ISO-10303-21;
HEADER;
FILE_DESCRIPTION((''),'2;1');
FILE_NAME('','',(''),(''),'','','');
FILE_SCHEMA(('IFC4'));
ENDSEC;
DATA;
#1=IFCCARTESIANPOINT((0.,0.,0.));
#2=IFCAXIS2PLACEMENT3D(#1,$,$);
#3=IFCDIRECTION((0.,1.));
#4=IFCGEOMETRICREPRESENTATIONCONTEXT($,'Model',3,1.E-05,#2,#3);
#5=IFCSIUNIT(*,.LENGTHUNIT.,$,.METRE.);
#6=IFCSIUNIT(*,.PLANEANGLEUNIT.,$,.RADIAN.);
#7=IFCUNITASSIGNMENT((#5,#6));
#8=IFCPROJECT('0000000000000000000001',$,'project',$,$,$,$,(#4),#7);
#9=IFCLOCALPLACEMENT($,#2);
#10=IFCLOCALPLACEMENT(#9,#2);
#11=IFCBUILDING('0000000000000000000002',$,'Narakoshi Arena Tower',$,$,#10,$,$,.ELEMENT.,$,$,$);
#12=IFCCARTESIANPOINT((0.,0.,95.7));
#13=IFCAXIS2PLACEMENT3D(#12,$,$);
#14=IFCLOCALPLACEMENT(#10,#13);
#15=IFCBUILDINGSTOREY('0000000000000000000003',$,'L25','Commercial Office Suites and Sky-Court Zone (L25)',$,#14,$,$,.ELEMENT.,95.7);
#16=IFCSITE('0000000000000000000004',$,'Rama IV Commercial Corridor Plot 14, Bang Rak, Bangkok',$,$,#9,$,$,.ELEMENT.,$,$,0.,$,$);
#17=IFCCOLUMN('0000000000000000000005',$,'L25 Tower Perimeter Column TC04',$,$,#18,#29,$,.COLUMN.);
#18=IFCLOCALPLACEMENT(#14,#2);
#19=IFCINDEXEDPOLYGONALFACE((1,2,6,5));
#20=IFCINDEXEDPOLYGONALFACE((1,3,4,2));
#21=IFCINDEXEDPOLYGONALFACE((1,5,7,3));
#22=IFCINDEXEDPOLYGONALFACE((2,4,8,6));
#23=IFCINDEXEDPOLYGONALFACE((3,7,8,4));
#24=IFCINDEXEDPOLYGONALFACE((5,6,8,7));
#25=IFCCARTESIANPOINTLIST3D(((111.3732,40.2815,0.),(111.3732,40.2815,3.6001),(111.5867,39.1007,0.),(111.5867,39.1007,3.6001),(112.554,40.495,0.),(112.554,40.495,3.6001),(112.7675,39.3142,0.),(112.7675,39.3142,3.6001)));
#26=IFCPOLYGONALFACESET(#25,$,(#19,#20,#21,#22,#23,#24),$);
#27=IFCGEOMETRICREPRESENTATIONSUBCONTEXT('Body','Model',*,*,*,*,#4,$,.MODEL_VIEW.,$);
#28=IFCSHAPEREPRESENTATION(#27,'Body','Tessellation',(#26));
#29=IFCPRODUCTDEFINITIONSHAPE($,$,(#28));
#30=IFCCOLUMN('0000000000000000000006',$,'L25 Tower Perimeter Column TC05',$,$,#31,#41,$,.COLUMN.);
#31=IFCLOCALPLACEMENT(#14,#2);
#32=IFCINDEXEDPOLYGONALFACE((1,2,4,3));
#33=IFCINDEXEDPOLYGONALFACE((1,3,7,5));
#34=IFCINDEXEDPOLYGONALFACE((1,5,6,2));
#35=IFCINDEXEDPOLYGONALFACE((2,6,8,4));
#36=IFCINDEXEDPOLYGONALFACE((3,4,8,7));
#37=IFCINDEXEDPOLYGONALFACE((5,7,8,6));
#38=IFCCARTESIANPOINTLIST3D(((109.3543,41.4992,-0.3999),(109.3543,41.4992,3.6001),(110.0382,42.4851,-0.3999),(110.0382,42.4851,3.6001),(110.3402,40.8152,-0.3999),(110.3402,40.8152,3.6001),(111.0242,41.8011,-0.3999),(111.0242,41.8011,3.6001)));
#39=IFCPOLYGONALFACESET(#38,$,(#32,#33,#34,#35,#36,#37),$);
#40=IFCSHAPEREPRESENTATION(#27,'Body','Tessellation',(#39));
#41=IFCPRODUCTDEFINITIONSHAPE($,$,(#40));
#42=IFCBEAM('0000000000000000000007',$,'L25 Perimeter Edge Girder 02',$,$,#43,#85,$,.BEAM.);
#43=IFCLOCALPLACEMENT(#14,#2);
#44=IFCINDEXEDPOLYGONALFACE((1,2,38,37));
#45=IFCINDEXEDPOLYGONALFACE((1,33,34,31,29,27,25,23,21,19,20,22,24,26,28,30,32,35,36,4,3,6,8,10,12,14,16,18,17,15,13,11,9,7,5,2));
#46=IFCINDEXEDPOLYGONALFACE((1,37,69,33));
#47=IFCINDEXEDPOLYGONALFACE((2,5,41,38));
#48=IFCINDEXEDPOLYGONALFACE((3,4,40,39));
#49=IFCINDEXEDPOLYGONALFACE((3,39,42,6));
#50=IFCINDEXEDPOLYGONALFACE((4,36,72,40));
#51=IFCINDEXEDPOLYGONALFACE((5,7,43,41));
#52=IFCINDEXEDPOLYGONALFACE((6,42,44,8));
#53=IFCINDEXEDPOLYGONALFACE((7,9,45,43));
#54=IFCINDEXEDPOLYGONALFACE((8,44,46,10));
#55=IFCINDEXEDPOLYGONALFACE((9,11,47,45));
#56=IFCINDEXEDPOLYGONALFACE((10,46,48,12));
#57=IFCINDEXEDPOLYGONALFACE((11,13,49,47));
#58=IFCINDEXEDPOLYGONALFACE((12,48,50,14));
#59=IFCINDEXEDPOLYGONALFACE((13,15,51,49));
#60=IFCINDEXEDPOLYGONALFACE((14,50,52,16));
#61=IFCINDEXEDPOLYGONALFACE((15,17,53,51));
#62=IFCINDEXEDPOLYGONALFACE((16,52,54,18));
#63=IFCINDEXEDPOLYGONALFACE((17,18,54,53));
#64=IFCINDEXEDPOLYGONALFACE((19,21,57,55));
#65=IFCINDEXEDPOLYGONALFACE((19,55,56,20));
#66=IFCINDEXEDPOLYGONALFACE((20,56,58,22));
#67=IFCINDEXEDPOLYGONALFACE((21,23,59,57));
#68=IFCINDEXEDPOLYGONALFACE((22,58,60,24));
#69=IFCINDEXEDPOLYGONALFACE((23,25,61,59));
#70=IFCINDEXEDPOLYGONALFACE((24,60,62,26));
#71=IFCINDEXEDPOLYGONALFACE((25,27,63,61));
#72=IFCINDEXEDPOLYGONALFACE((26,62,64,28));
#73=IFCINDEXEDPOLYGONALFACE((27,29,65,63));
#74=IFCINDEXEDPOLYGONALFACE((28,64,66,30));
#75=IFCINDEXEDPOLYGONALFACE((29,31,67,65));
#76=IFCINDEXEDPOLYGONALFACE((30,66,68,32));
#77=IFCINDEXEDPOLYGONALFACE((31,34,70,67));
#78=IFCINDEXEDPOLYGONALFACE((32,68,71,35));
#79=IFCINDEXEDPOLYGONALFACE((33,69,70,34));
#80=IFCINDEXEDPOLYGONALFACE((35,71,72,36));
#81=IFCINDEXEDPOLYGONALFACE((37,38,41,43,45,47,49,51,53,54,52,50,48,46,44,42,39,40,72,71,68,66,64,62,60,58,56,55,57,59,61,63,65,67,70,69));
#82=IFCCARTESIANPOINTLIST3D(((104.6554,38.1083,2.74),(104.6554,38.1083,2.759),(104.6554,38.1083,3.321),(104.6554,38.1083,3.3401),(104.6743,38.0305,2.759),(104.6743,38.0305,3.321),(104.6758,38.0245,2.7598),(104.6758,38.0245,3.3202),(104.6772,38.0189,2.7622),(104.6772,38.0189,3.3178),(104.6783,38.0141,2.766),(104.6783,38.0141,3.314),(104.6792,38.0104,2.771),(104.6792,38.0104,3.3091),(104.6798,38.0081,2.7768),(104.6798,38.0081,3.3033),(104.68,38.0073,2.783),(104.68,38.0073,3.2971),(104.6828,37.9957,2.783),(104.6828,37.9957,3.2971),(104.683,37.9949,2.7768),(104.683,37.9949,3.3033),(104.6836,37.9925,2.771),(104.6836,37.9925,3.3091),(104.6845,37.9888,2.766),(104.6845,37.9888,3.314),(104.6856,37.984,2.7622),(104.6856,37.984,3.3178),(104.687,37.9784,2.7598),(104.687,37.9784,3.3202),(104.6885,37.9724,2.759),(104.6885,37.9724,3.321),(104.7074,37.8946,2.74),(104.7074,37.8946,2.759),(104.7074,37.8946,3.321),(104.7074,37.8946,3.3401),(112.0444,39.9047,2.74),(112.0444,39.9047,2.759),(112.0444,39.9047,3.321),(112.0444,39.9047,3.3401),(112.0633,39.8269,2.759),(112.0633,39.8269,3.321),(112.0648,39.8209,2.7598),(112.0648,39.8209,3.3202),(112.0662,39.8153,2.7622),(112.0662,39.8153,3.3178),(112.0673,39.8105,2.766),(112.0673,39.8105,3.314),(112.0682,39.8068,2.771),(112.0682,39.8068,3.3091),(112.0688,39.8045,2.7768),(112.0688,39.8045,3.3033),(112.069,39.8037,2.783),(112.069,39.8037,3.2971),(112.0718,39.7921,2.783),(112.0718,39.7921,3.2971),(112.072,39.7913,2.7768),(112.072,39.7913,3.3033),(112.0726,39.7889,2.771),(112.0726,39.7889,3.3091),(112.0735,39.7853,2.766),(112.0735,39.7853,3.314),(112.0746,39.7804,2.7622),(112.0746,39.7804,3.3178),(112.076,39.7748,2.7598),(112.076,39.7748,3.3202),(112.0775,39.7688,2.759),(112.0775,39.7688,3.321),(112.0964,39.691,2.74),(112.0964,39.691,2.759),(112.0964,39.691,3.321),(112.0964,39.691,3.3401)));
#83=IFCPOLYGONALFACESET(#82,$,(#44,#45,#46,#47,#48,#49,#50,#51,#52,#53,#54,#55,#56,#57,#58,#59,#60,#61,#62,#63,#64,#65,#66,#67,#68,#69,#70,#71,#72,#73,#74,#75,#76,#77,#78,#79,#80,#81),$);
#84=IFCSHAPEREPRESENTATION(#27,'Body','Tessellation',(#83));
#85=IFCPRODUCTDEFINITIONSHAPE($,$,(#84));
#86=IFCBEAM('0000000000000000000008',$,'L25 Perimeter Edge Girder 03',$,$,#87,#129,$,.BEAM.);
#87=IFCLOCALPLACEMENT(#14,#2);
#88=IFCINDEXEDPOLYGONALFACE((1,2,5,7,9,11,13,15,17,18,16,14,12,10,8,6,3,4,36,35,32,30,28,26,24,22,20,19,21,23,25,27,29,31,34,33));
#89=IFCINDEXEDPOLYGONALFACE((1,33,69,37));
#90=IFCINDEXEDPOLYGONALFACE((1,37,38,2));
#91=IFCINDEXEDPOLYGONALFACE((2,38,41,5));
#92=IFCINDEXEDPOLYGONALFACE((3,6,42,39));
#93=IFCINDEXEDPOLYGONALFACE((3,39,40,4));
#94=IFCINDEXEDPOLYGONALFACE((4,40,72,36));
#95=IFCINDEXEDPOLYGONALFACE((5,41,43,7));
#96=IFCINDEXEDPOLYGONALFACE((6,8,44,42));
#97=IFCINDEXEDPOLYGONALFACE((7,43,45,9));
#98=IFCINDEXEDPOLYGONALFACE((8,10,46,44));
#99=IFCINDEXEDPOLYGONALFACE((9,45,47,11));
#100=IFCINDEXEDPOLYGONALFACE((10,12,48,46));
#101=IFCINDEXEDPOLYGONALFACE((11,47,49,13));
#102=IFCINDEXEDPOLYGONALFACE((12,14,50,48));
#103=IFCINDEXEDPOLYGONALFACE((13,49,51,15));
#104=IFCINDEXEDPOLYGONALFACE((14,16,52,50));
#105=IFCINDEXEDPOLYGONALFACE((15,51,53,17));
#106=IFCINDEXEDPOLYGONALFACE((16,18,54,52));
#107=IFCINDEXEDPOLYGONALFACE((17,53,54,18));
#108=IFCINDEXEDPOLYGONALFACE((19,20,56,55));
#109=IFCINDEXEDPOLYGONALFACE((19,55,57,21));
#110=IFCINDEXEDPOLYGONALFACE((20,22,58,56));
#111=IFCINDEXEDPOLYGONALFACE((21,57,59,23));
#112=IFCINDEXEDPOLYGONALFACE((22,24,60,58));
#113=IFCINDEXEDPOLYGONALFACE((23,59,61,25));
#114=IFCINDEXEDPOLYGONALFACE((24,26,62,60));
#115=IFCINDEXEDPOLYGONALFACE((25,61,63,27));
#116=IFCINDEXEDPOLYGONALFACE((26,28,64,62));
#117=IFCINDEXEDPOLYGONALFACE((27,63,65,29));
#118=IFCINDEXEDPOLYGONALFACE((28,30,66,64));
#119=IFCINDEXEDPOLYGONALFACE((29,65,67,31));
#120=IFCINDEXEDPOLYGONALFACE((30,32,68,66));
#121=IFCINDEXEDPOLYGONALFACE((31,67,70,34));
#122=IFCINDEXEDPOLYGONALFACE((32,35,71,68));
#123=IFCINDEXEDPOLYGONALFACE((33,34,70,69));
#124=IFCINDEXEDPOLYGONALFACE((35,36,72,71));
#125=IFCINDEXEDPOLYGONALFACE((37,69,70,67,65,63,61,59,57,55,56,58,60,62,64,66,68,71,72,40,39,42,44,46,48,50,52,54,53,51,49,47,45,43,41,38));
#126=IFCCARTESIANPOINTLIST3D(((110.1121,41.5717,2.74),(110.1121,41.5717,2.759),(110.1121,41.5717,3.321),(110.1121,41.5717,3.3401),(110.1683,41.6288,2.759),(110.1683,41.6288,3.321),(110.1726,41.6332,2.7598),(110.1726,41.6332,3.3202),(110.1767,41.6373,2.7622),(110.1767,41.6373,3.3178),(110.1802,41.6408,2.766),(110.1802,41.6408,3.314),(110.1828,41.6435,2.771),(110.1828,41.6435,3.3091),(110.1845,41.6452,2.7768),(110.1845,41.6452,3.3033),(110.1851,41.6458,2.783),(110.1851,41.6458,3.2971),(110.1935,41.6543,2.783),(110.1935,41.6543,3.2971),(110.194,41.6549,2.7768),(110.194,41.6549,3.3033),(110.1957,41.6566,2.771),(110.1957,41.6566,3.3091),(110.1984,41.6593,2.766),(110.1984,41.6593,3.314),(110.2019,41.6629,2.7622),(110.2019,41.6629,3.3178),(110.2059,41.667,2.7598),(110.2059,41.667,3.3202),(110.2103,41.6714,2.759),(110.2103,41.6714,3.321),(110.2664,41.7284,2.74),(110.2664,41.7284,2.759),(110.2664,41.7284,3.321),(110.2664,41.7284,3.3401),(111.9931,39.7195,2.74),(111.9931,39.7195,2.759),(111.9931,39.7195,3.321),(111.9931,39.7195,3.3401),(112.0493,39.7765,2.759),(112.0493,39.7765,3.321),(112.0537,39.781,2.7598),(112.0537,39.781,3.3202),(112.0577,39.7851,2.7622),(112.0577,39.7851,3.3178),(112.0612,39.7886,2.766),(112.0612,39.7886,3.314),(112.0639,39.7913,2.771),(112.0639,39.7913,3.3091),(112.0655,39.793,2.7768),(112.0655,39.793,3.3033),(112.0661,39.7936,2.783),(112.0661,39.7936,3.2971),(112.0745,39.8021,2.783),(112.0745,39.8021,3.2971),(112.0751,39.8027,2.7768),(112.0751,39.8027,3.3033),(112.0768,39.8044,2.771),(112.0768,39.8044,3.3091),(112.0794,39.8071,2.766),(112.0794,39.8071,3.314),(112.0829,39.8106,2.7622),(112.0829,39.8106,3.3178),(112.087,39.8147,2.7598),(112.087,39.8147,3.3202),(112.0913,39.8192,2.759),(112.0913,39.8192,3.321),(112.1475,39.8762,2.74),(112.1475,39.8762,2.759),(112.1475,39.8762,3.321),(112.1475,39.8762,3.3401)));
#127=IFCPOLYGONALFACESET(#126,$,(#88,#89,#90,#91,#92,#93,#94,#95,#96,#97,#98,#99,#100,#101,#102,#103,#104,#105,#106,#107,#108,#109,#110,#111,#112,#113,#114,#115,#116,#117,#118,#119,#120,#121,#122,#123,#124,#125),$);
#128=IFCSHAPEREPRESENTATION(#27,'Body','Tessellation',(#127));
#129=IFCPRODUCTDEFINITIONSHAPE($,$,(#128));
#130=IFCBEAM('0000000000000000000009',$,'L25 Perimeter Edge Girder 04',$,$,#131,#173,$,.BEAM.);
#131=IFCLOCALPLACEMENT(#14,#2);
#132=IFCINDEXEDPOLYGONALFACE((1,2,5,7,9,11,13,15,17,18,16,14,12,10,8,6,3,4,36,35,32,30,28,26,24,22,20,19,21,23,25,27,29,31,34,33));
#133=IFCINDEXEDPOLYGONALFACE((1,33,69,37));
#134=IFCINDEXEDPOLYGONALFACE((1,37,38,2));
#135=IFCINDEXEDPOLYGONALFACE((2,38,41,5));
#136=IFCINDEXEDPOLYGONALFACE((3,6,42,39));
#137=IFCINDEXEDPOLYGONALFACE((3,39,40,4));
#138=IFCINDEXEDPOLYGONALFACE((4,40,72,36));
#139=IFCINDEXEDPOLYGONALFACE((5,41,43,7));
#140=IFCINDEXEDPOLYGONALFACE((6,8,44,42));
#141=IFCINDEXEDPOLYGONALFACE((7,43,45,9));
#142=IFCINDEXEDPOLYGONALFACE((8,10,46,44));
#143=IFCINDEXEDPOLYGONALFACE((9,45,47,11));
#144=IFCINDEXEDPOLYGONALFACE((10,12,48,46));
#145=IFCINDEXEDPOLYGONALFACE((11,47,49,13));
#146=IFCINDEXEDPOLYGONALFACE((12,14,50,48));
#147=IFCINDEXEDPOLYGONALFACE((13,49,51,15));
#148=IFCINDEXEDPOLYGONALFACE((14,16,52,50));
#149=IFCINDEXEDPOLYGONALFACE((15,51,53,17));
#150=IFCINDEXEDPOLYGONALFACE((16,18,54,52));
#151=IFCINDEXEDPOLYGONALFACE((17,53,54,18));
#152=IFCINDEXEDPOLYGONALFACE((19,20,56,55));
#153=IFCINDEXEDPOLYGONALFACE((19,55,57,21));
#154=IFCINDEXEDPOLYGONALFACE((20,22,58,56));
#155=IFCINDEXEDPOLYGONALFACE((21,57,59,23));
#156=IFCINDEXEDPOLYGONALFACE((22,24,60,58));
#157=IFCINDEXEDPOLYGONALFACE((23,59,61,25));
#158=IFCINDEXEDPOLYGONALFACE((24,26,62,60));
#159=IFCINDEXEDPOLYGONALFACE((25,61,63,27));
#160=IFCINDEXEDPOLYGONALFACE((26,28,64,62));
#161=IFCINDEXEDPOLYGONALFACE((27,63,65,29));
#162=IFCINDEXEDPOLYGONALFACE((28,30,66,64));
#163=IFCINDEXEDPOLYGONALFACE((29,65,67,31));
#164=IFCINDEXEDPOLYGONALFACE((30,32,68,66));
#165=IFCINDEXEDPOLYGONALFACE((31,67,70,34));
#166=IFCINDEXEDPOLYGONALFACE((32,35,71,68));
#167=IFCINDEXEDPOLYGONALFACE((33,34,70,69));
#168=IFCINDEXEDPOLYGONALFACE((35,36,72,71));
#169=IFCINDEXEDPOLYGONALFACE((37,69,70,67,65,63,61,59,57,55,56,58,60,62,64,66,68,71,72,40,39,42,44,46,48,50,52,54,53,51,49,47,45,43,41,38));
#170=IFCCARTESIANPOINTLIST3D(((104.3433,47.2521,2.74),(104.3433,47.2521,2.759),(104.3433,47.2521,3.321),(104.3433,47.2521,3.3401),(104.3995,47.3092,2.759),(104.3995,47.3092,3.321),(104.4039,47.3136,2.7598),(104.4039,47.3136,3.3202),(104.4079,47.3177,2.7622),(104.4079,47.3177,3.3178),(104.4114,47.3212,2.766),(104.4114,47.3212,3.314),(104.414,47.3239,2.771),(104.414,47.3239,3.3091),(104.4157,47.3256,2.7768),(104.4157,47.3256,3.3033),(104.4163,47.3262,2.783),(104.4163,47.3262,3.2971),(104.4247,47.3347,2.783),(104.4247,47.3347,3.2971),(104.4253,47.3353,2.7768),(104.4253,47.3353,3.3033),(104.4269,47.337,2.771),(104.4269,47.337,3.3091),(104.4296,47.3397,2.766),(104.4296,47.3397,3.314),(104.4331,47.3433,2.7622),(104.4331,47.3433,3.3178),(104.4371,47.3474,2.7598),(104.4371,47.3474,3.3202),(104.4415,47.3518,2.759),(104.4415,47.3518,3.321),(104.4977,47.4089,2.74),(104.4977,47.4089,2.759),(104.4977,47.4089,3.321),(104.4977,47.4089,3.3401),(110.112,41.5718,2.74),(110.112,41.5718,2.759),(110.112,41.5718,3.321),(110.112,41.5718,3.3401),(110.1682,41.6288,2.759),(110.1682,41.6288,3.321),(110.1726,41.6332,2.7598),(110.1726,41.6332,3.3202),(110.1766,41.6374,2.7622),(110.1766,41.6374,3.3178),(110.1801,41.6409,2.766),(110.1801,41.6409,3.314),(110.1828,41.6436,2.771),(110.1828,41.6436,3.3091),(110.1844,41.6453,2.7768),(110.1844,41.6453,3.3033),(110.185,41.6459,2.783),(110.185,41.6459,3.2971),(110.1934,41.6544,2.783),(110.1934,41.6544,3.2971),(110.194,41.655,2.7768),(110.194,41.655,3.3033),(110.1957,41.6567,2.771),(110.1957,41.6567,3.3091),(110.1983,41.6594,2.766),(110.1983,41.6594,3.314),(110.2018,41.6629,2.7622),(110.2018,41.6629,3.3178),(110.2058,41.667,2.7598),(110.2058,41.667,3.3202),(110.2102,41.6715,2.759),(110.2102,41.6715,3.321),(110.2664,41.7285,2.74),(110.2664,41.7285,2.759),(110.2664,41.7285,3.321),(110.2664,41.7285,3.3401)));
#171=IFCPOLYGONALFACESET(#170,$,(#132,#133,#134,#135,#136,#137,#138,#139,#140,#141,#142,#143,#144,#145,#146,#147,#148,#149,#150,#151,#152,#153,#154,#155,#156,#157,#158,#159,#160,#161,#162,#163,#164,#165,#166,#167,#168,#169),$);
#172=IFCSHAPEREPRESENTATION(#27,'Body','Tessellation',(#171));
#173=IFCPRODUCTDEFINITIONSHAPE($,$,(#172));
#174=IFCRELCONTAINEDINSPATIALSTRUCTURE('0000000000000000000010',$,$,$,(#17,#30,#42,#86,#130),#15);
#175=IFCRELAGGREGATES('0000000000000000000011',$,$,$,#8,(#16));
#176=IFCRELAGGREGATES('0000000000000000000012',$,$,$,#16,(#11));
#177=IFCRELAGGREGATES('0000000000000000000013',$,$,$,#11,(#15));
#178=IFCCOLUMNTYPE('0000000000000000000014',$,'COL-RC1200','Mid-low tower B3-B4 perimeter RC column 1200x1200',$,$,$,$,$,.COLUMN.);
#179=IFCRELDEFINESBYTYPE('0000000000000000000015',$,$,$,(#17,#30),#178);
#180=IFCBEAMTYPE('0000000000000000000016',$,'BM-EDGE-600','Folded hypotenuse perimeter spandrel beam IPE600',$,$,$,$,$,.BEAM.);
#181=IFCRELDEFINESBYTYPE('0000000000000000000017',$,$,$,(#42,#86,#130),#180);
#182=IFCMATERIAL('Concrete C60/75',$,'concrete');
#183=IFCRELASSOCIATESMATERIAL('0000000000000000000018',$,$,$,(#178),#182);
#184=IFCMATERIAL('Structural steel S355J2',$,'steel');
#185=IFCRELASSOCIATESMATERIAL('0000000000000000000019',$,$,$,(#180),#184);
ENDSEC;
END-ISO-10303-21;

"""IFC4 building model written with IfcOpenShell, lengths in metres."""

from ifc_helpers import new_model, si_unit, direction, frame, origin, origin_2d, place, context, subcontext, project, spatial, rectangle, i_section, extrude, material, material_profile, profile_set, type_object, element, save


model = new_model("IFC4")

# Units and contexts
model_context = context("Model", 3, precision=1e-05, world=origin(), true_north=direction((0.0, 1.0)))
body_context = subcontext(model_context, "Body", "Model", "MODEL_VIEW")
ifc_project = project(units=[si_unit("LENGTHUNIT", "METRE"), si_unit("PLANEANGLEUNIT", "RADIAN")], contexts=[model_context])

# Site, building, storey
site_placement = place(None, origin())
site = spatial("IfcSite", under=ifc_project, at=site_placement, Name="Rama IV Commercial Corridor Plot 14, Bang Rak, Bangkok", CompositionType="ELEMENT", RefElevation=0.0)
building_placement = place(site_placement, origin())
building = spatial("IfcBuilding", under=site, at=building_placement, Name="Narakoshi Arena Tower", CompositionType="ELEMENT")
storey_placement = place(building_placement, frame((0.0, 0.0, 95.7)))
storey = spatial("IfcBuildingStorey", under=building, at=storey_placement, Name="L25", Description="Commercial Office Suites and Sky-Court Zone (L25)", CompositionType="ELEMENT", Elevation=95.7)

# Columns
ifc_material_1 = material(Name="Concrete C60/75", Category="concrete")
ifc_material_profile_1 = material_profile(ifc_material_1, rectangle(XDim=1.2, YDim=1.2, at=origin_2d()), Name="RC1200x1200")
ifc_profile_set_1 = profile_set([ifc_material_profile_1], Name="Concrete C60/75")
column_type = type_object("IfcColumnType", Name="COL-RC1200", Description="Mid-low tower B3-B4 perimeter RC column 1200x1200", PredefinedType="COLUMN", material=ifc_profile_set_1)
column_1_placement = place(storey_placement, frame((112.0703, 39.7979, 0.0), z_axis=(0.0, 0.0, 1.0), x_axis=(0.984041, 0.177944, 0.0)))
element("IfcColumn", 1, at=column_1_placement, inside=storey, type_object=column_type, Name="L25 Tower Perimeter Column TC04", PredefinedType="COLUMN", context=body_context, shape_type="SweptSolid", body=[
    extrude(rectangle(XDim=1.2, YDim=1.2, at=origin_2d()), origin(), (0.0, 0.0, 1.0), 3.6001),
])
column_2_placement = place(storey_placement, frame((110.1892, 41.6501, -0.3999), z_axis=(0.0, 0.0, 1.0), x_axis=(0.569997, 0.821647, 0.0)))
element("IfcColumn", 2, at=column_2_placement, inside=storey, type_object=column_type, Name="L25 Tower Perimeter Column TC05", PredefinedType="COLUMN", context=body_context, shape_type="SweptSolid", body=[
    extrude(rectangle(XDim=1.2, YDim=1.2, at=origin_2d()), origin(), (0.0, 0.0, 1.0), 4.0),
])

# Beams
ifc_material_2 = material(Name="Structural steel S355J2", Category="steel")
ifc_material_profile_2 = material_profile(ifc_material_2, i_section(OverallWidth=0.22, OverallDepth=0.6001, WebThickness=0.012, FlangeThickness=0.019, FilletRadius=0.0239, at=origin_2d()), Name="IPE600")
ifc_profile_set_2 = profile_set([ifc_material_profile_2], Name="Structural steel S355J2")
beam_type = type_object("IfcBeamType", Name="BM-EDGE-600", Description="Folded hypotenuse perimeter spandrel beam IPE600", PredefinedType="BEAM", material=ifc_profile_set_2)
beam_1_placement = place(storey_placement, frame((104.6814, 38.0015, 3.04), z_axis=(0.971695, 0.236238, 0.0), x_axis=(-0.236238, 0.971695, 0.0)))
element("IfcBeam", 3, at=beam_1_placement, inside=storey, type_object=beam_type, Name="L25 Perimeter Edge Girder 02", PredefinedType="BEAM", context=body_context, shape_type="SweptSolid", body=[
    extrude(i_section(OverallWidth=0.22, OverallDepth=0.6001, WebThickness=0.012, FlangeThickness=0.019, FilletRadius=0.0239, at=origin_2d()), origin(), (0.0, 0.0, 1.0), 7.6042),
])
beam_2_placement = place(storey_placement, frame((112.0703, 39.7979, 3.04), z_axis=(-0.712542, 0.70163, 0.0), x_axis=(-0.70163, -0.712542, 0.0)))
element("IfcBeam", 4, at=beam_2_placement, inside=storey, type_object=beam_type, Name="L25 Perimeter Edge Girder 03", PredefinedType="BEAM", context=body_context, shape_type="SweptSolid", body=[
    extrude(i_section(OverallWidth=0.22, OverallDepth=0.6001, WebThickness=0.012, FlangeThickness=0.019, FilletRadius=0.0239, at=origin_2d()), origin(), (0.0, 0.0, 1.0), 2.6399),
])
beam_3_placement = place(storey_placement, frame((110.1892, 41.6501, 3.04), z_axis=(-0.712544, 0.701628, 0.0), x_axis=(-0.701628, -0.712544, 0.0)))
element("IfcBeam", 5, at=beam_3_placement, inside=storey, type_object=beam_type, Name="L25 Perimeter Edge Girder 04", PredefinedType="BEAM", context=body_context, shape_type="SweptSolid", body=[
    extrude(i_section(OverallWidth=0.22, OverallDepth=0.6001, WebThickness=0.012, FlangeThickness=0.019, FilletRadius=0.0239, at=origin_2d()), origin(), (0.0, 0.0, 1.0), 8.0959),
])

save(model, "model.ifc")
